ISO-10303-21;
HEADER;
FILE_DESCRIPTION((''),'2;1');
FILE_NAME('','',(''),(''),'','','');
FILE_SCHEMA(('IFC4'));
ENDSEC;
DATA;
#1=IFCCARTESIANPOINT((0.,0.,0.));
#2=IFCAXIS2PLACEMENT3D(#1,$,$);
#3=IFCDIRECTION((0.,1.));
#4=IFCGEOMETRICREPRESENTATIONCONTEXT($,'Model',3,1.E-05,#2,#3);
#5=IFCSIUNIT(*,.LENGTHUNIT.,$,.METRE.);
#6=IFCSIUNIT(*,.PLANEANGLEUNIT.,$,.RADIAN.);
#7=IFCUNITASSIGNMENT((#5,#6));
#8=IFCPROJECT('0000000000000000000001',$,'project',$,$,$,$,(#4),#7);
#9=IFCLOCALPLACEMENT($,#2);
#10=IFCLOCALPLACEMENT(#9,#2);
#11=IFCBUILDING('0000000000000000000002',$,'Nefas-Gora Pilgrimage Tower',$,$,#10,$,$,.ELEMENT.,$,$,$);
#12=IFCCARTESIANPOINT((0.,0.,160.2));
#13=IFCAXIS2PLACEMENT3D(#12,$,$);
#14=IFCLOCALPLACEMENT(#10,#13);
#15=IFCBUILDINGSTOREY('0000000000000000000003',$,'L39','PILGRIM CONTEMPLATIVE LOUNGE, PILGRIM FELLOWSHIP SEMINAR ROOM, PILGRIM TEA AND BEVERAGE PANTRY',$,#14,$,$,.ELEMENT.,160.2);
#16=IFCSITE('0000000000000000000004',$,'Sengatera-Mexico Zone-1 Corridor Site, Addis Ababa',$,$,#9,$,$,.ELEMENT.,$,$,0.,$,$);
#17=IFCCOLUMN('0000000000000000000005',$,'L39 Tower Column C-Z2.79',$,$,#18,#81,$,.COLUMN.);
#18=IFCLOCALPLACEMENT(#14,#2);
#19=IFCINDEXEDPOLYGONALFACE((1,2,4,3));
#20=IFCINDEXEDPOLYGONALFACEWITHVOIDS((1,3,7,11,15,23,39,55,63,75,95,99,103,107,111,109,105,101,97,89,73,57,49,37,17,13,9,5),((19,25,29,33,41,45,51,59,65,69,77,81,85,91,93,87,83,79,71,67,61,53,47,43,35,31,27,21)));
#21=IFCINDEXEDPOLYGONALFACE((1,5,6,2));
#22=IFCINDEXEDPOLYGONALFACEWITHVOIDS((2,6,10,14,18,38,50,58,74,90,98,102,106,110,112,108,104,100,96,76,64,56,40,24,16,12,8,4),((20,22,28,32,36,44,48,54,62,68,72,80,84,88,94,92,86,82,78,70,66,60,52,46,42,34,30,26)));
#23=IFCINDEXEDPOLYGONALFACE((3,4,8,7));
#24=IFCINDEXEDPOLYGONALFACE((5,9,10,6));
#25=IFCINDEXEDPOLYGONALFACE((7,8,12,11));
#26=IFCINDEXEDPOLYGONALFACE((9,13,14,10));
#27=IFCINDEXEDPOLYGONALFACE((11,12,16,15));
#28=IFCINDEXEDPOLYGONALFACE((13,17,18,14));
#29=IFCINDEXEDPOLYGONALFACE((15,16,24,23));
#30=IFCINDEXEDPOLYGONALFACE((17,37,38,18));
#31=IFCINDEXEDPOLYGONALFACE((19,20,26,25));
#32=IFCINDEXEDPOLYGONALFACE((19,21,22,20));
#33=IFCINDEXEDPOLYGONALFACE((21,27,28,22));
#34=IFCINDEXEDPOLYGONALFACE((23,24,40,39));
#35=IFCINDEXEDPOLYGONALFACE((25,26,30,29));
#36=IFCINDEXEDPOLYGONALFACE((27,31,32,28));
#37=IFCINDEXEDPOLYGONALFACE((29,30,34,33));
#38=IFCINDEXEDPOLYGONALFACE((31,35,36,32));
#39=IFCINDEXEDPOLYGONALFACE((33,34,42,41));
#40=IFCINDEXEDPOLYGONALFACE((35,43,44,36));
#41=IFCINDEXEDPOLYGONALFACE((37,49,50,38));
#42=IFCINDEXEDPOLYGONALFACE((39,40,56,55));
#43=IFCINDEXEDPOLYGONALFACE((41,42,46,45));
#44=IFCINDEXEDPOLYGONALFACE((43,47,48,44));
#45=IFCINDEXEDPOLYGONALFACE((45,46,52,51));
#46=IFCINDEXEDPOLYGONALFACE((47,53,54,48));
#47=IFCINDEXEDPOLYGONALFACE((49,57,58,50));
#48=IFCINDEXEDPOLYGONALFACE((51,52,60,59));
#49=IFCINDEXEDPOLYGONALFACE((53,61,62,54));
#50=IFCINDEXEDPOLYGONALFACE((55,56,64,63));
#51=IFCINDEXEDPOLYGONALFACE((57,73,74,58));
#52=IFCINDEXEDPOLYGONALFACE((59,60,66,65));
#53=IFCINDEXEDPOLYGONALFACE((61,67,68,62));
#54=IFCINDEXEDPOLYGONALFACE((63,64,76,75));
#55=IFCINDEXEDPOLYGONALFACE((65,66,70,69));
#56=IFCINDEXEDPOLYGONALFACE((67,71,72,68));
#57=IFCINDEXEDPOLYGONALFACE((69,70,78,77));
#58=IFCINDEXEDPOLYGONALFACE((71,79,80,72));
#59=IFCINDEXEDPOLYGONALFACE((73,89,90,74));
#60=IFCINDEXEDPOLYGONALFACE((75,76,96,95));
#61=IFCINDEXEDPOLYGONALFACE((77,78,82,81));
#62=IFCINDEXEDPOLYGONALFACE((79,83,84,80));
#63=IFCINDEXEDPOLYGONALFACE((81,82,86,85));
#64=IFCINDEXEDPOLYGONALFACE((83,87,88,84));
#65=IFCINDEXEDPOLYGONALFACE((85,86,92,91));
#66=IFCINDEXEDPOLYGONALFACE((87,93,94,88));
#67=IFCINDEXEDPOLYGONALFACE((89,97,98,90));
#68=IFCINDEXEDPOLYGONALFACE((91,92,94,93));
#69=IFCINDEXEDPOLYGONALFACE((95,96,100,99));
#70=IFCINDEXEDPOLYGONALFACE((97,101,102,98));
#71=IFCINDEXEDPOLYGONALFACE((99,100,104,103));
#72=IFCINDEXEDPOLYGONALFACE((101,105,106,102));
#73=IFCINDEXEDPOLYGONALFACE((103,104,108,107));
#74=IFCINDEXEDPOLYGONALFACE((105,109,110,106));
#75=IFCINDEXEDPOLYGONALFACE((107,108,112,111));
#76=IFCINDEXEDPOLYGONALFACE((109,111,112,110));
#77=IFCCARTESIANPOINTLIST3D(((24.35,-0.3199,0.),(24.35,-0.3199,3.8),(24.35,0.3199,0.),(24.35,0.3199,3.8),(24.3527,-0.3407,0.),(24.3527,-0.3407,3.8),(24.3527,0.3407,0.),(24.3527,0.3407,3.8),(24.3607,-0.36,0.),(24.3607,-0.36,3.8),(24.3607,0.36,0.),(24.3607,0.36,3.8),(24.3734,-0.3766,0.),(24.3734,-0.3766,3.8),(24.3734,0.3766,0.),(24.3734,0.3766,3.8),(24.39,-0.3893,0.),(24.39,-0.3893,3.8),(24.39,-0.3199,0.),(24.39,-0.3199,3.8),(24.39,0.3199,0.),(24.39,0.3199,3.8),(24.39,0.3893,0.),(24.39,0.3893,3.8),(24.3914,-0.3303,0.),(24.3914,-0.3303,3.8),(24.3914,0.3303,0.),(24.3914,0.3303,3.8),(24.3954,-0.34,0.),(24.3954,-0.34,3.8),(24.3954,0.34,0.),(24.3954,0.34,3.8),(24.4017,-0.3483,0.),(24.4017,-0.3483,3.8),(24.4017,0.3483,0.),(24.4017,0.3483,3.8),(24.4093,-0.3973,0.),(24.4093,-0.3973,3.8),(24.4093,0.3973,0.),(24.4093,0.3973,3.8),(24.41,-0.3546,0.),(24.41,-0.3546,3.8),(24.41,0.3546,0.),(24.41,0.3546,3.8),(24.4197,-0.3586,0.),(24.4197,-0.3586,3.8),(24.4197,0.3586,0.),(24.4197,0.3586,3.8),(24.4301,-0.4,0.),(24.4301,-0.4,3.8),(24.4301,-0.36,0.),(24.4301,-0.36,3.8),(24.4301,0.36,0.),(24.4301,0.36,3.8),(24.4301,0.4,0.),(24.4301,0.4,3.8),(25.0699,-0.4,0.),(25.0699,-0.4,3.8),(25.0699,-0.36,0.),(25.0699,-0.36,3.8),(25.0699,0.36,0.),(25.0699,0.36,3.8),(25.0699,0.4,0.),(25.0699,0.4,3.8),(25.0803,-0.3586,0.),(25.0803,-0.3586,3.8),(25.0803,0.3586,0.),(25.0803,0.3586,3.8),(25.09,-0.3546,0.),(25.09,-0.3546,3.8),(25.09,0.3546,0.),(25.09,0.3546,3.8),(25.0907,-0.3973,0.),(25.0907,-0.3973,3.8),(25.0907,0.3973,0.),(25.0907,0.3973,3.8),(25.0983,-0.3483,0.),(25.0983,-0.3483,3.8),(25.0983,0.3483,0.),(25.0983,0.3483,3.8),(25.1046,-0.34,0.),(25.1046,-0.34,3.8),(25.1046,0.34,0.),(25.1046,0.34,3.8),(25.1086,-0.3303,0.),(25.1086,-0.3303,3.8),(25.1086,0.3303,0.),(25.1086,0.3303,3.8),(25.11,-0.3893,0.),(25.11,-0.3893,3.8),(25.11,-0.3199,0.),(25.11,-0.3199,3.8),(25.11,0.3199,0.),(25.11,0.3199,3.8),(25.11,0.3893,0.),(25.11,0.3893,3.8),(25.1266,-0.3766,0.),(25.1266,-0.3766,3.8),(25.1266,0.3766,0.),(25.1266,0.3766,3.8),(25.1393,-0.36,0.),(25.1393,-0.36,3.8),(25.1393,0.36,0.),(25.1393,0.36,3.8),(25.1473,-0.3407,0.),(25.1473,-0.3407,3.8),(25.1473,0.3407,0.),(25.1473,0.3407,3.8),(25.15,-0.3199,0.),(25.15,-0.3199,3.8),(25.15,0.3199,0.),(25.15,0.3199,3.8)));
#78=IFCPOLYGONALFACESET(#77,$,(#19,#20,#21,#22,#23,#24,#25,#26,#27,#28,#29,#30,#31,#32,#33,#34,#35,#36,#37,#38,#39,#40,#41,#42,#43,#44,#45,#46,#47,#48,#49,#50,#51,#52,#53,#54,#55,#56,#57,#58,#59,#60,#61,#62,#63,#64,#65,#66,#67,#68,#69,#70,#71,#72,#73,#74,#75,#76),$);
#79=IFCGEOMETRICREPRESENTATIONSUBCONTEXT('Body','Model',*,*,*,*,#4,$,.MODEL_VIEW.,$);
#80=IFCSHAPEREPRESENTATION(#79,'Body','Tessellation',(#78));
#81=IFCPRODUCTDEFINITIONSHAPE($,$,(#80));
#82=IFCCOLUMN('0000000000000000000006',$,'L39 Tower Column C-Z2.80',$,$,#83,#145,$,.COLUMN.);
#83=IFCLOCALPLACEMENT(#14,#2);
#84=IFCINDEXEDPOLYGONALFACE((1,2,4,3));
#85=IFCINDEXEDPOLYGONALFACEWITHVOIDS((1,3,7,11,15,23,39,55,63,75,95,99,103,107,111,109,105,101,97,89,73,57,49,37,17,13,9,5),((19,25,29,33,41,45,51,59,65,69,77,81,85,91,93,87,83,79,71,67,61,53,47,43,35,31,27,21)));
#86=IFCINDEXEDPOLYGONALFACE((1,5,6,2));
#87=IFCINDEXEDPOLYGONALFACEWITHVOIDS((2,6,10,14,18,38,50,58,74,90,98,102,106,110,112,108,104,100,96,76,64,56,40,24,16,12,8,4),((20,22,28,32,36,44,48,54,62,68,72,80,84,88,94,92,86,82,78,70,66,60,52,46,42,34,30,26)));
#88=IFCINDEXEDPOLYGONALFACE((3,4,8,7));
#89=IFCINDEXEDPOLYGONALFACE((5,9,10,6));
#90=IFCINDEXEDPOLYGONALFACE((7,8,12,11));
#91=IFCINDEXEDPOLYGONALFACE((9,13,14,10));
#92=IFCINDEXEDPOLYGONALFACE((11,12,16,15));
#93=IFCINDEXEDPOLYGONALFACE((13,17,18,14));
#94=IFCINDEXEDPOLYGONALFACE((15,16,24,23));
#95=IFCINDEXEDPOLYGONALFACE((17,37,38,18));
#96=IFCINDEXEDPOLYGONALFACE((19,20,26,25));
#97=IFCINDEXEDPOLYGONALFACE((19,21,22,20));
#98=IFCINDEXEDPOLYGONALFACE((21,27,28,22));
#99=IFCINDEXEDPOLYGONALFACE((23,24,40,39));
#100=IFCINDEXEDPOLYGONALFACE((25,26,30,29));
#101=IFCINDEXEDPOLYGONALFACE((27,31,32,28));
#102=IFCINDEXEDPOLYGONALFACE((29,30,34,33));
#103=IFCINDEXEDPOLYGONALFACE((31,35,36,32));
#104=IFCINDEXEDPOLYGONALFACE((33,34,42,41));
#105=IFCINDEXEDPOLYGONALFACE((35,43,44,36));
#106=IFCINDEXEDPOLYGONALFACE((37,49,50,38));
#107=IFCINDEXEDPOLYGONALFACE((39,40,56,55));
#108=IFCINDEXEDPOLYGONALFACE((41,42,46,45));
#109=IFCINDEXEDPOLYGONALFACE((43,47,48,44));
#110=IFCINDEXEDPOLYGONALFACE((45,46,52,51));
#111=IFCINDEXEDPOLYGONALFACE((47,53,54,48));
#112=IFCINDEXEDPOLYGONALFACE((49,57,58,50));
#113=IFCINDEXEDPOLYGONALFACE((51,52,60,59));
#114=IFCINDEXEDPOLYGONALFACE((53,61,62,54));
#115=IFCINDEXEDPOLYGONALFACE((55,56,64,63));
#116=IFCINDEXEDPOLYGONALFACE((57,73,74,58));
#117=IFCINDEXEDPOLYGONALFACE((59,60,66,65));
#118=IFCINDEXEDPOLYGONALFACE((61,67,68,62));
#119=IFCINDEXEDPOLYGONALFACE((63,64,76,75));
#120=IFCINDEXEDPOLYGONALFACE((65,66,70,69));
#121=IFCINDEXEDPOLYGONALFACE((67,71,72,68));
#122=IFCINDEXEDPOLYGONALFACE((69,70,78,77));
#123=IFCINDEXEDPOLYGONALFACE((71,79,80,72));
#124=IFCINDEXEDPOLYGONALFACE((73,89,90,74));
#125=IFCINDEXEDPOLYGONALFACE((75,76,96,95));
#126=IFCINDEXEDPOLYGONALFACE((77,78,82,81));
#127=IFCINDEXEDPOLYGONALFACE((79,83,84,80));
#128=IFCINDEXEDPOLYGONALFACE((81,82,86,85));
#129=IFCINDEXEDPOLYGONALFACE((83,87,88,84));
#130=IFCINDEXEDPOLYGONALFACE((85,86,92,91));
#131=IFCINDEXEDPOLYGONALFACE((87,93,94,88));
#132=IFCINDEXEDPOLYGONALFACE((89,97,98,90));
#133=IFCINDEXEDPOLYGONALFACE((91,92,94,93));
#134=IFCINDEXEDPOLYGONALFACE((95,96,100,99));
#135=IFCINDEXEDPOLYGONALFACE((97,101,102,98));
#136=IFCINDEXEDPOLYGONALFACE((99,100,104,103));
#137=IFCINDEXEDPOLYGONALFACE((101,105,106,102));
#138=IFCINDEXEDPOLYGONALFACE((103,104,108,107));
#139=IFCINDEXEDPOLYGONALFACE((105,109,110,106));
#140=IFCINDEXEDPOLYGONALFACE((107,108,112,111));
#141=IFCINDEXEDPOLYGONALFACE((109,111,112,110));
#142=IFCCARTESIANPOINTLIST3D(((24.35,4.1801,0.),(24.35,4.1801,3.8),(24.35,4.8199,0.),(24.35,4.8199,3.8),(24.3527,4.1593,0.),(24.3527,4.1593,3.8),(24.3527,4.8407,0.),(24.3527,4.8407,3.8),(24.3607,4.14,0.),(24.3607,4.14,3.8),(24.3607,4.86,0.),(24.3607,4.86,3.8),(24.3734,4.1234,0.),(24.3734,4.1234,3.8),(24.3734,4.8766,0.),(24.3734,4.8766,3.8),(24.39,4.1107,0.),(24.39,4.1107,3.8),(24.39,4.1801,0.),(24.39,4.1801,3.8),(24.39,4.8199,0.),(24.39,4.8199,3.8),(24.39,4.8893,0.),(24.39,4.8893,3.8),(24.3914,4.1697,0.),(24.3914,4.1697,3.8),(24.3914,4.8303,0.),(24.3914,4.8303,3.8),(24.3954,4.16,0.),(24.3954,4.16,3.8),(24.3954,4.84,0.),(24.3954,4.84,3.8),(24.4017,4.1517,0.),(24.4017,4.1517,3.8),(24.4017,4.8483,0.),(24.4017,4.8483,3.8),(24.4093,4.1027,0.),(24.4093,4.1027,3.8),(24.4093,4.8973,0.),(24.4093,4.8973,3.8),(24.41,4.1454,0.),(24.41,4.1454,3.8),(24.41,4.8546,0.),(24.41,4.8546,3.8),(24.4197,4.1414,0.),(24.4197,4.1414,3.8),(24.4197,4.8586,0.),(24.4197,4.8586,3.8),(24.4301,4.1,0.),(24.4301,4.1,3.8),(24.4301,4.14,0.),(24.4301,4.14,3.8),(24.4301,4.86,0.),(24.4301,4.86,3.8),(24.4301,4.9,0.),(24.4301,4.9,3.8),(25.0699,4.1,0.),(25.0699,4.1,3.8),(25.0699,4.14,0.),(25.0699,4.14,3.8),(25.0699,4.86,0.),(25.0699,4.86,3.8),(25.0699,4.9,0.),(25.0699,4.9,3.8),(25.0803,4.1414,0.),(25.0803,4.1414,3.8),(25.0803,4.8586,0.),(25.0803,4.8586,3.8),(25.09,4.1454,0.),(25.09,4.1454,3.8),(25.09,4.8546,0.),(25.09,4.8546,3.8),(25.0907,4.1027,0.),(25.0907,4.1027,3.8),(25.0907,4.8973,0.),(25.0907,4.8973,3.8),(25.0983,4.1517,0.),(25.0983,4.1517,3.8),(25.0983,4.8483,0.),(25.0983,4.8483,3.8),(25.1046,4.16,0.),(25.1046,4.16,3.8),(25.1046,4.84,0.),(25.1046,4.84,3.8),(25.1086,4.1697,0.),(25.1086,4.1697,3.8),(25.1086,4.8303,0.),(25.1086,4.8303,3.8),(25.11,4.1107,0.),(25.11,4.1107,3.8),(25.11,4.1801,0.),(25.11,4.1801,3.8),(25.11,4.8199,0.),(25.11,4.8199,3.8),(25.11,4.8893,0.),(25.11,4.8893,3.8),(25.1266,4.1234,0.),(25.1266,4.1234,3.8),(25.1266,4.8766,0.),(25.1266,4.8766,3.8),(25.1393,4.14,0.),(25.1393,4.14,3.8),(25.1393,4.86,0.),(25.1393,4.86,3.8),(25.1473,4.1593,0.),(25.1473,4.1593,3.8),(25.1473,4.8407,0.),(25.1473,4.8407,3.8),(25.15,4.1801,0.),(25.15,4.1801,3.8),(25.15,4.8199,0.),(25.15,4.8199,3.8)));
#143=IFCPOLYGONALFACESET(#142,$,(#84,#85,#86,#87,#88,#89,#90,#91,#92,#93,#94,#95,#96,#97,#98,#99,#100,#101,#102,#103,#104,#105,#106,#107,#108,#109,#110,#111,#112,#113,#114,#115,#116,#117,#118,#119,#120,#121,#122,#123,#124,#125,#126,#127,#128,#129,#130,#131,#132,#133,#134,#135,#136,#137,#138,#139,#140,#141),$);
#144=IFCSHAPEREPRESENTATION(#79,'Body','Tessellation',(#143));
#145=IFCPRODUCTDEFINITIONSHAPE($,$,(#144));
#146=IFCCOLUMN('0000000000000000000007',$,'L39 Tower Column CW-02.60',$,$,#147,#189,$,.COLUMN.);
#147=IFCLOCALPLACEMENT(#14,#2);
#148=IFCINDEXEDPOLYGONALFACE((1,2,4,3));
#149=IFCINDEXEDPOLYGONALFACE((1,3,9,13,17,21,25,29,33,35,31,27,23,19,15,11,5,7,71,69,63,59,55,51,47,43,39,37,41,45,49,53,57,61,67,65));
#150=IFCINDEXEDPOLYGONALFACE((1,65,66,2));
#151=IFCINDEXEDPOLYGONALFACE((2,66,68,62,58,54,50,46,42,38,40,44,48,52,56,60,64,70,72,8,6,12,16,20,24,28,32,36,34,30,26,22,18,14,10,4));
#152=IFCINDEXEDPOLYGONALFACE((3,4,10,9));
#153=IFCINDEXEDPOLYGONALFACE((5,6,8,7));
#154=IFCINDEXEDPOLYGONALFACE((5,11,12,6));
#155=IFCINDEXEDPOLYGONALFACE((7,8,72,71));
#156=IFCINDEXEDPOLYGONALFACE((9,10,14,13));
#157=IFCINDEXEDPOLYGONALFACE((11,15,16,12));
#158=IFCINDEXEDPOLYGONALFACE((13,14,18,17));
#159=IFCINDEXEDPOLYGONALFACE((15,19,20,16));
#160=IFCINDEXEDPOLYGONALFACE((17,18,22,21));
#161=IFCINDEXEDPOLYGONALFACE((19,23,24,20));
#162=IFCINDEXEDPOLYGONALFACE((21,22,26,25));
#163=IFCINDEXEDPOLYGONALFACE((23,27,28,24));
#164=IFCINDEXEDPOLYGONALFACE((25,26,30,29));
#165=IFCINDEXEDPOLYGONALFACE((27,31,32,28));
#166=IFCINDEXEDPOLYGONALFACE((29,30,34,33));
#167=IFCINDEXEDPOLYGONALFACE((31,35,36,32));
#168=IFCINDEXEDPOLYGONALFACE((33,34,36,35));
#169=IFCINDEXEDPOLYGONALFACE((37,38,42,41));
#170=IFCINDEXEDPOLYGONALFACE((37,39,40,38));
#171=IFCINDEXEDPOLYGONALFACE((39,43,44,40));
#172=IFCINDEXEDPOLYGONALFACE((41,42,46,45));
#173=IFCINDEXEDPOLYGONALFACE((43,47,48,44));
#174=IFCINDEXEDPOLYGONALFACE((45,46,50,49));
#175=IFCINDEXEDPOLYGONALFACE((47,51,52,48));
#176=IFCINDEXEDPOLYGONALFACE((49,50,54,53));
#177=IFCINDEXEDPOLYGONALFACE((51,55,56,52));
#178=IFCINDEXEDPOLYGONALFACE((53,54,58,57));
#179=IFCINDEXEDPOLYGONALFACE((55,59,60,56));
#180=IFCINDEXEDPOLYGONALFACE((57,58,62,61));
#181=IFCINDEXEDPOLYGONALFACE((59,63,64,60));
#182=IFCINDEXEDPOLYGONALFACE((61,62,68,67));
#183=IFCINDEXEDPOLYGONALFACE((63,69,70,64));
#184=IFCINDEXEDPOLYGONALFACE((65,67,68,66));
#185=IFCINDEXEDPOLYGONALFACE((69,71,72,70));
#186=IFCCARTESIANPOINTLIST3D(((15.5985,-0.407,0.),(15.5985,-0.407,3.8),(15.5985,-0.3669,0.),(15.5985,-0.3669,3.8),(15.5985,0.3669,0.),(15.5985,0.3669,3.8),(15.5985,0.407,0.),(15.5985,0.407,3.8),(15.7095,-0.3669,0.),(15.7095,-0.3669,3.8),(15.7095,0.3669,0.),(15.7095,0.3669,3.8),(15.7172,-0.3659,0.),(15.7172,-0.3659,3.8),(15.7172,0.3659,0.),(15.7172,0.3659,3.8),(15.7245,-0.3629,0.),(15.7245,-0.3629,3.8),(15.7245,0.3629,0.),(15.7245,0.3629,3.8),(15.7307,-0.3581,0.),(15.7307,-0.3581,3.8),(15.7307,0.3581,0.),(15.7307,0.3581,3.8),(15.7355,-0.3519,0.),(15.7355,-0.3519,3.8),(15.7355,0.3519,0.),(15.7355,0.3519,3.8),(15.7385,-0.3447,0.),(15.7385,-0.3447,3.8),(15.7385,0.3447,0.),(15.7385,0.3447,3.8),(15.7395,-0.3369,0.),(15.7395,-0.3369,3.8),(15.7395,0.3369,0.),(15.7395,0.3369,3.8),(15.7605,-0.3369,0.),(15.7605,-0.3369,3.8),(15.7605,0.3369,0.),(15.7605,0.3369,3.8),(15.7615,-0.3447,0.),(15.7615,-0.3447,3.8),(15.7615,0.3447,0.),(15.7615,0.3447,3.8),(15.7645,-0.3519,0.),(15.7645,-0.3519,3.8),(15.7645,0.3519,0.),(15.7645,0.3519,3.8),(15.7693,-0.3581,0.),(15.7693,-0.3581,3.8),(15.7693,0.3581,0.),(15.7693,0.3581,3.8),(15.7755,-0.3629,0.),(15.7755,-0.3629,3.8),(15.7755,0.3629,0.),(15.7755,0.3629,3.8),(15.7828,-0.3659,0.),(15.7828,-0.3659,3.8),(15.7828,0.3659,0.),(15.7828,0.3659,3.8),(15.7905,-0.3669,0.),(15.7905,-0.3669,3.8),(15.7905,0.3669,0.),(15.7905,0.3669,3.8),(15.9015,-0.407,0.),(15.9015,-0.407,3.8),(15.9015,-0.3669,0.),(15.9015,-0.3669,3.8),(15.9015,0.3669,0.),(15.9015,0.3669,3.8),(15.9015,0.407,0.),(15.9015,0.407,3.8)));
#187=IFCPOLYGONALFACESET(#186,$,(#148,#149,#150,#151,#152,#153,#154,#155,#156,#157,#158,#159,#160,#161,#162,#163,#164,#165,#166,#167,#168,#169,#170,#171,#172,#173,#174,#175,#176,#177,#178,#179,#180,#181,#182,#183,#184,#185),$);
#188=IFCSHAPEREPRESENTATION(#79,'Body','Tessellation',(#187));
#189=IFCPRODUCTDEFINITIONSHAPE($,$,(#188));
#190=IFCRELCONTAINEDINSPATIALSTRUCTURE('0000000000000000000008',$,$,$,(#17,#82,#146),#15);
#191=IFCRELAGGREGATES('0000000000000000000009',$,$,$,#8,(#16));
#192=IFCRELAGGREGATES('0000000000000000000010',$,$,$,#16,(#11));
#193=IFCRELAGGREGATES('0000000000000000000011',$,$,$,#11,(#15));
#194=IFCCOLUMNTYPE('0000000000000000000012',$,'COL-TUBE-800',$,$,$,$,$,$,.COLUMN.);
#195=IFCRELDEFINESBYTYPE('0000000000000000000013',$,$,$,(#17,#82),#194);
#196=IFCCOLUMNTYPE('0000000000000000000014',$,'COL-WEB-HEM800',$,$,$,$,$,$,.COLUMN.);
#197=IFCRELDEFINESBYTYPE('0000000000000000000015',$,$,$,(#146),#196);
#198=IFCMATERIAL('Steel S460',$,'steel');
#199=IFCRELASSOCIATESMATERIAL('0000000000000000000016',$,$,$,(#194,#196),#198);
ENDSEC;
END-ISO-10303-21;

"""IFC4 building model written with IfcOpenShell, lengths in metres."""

from ifc_helpers import new_model, si_unit, direction, frame, origin, origin_2d, place, context, subcontext, project, spatial, hollow_rectangle, i_section, extrude, source, transform, mapped, material, material_profile, profile_set, type_object, element, save


model = new_model("IFC4")

# Units and contexts
model_context = context("Model", 3, precision=1e-05, world=origin(), true_north=direction((0.0, 1.0)))
body_context = subcontext(model_context, "Body", "Model", "MODEL_VIEW")
ifc_project = project(units=[si_unit("LENGTHUNIT", "METRE"), si_unit("PLANEANGLEUNIT", "RADIAN")], contexts=[model_context])

# Site, building, storey
site_placement = place(None, origin())
site = spatial("IfcSite", under=ifc_project, at=site_placement, Name="Sengatera-Mexico Zone-1 Corridor Site, Addis Ababa", CompositionType="ELEMENT", RefElevation=0.0)
building_placement = place(site_placement, origin())
building = spatial("IfcBuilding", under=site, at=building_placement, Name="Nefas-Gora Pilgrimage Tower", CompositionType="ELEMENT")
storey_placement = place(building_placement, frame((0.0, 0.0, 160.2)))
storey = spatial("IfcBuildingStorey", under=building, at=storey_placement, Name="L39", Description="PILGRIM CONTEMPLATIVE LOUNGE, PILGRIM FELLOWSHIP SEMINAR ROOM, PILGRIM TEA AND BEVERAGE PANTRY", CompositionType="ELEMENT", Elevation=160.2)

# Columns
ifc_material_1 = material(Name="Steel S460", Category="steel")
ifc_material_profile_1 = material_profile(ifc_material_1, hollow_rectangle(XDim=0.8, YDim=0.8, WallThickness=0.04, InnerFilletRadius=0.04, OuterFilletRadius=0.0801, at=origin_2d()), Name="BOX 800x800x40")
ifc_profile_set_1 = profile_set([ifc_material_profile_1], Name="Steel S460")
column_type_1 = type_object("IfcColumnType", Name="COL-TUBE-800", PredefinedType="COLUMN", material=ifc_profile_set_1)
shared_shape_1 = source(origin(), body_context, "Body", "SweptSolid", [
    extrude(hollow_rectangle(XDim=0.8, YDim=0.8, WallThickness=0.04, InnerFilletRadius=0.04, OuterFilletRadius=0.0801, at=origin_2d()), origin(), (0.0, 0.0, 1.0), 3.8),
])
for number, where, z_axis, x_axis, name in (
    (1, (24.75, 0.0, 0.0), (0.0, 0.0, 1.0), (1.0, 0.0, 0.0), "L39 Tower Column C-Z2.79"),
    (2, (24.75, 4.5, 0.0), (0.0, 0.0, 1.0), (1.0, 0.0, 0.0), "L39 Tower Column C-Z2.80"),
):
    element("IfcColumn", number, at=place(storey_placement, frame(where, z_axis=z_axis, x_axis=x_axis)), inside=storey, type_object=column_type_1, Name=name, PredefinedType="COLUMN", context=body_context, shape_type="MappedRepresentation", body=[
        mapped(shared_shape_1, transform((0.0, 0.0, 0.0), x_axis=(1.0, 0.0, 0.0), y_axis=(0.0, 1.0, 0.0), z_axis=(0.0, 0.0, 1.0), scale=1.0)),
    ])
ifc_material_profile_2 = material_profile(ifc_material_1, i_section(OverallWidth=0.303, OverallDepth=0.814, WebThickness=0.021, FlangeThickness=0.04, FilletRadius=0.03, at=origin_2d()), Name="HEM 800")
ifc_profile_set_2 = profile_set([ifc_material_profile_2], Name="Steel S460")
column_type_2 = type_object("IfcColumnType", Name="COL-WEB-HEM800", PredefinedType="COLUMN", material=ifc_profile_set_2)
shared_shape_2 = source(origin(), body_context, "Body", "SweptSolid", [
    extrude(i_section(OverallWidth=0.303, OverallDepth=0.814, WebThickness=0.021, FlangeThickness=0.04, FilletRadius=0.03, at=origin_2d()), origin(), (0.0, 0.0, 1.0), 3.8),
])
for number, where, z_axis, x_axis, name in (
    (3, (15.75, 0.0, 0.0), (0.0, 0.0, 1.0), (1.0, 0.0, 0.0), "L39 Tower Column CW-02.60"),
):
    element("IfcColumn", number, at=place(storey_placement, frame(where, z_axis=z_axis, x_axis=x_axis)), inside=storey, type_object=column_type_2, Name=name, PredefinedType="COLUMN", context=body_context, shape_type="MappedRepresentation", body=[
        mapped(shared_shape_2, transform((0.0, 0.0, 0.0), x_axis=(1.0, 0.0, 0.0), y_axis=(0.0, 1.0, 0.0), z_axis=(0.0, 0.0, 1.0), scale=1.0)),
    ])

save(model, "model.ifc")
